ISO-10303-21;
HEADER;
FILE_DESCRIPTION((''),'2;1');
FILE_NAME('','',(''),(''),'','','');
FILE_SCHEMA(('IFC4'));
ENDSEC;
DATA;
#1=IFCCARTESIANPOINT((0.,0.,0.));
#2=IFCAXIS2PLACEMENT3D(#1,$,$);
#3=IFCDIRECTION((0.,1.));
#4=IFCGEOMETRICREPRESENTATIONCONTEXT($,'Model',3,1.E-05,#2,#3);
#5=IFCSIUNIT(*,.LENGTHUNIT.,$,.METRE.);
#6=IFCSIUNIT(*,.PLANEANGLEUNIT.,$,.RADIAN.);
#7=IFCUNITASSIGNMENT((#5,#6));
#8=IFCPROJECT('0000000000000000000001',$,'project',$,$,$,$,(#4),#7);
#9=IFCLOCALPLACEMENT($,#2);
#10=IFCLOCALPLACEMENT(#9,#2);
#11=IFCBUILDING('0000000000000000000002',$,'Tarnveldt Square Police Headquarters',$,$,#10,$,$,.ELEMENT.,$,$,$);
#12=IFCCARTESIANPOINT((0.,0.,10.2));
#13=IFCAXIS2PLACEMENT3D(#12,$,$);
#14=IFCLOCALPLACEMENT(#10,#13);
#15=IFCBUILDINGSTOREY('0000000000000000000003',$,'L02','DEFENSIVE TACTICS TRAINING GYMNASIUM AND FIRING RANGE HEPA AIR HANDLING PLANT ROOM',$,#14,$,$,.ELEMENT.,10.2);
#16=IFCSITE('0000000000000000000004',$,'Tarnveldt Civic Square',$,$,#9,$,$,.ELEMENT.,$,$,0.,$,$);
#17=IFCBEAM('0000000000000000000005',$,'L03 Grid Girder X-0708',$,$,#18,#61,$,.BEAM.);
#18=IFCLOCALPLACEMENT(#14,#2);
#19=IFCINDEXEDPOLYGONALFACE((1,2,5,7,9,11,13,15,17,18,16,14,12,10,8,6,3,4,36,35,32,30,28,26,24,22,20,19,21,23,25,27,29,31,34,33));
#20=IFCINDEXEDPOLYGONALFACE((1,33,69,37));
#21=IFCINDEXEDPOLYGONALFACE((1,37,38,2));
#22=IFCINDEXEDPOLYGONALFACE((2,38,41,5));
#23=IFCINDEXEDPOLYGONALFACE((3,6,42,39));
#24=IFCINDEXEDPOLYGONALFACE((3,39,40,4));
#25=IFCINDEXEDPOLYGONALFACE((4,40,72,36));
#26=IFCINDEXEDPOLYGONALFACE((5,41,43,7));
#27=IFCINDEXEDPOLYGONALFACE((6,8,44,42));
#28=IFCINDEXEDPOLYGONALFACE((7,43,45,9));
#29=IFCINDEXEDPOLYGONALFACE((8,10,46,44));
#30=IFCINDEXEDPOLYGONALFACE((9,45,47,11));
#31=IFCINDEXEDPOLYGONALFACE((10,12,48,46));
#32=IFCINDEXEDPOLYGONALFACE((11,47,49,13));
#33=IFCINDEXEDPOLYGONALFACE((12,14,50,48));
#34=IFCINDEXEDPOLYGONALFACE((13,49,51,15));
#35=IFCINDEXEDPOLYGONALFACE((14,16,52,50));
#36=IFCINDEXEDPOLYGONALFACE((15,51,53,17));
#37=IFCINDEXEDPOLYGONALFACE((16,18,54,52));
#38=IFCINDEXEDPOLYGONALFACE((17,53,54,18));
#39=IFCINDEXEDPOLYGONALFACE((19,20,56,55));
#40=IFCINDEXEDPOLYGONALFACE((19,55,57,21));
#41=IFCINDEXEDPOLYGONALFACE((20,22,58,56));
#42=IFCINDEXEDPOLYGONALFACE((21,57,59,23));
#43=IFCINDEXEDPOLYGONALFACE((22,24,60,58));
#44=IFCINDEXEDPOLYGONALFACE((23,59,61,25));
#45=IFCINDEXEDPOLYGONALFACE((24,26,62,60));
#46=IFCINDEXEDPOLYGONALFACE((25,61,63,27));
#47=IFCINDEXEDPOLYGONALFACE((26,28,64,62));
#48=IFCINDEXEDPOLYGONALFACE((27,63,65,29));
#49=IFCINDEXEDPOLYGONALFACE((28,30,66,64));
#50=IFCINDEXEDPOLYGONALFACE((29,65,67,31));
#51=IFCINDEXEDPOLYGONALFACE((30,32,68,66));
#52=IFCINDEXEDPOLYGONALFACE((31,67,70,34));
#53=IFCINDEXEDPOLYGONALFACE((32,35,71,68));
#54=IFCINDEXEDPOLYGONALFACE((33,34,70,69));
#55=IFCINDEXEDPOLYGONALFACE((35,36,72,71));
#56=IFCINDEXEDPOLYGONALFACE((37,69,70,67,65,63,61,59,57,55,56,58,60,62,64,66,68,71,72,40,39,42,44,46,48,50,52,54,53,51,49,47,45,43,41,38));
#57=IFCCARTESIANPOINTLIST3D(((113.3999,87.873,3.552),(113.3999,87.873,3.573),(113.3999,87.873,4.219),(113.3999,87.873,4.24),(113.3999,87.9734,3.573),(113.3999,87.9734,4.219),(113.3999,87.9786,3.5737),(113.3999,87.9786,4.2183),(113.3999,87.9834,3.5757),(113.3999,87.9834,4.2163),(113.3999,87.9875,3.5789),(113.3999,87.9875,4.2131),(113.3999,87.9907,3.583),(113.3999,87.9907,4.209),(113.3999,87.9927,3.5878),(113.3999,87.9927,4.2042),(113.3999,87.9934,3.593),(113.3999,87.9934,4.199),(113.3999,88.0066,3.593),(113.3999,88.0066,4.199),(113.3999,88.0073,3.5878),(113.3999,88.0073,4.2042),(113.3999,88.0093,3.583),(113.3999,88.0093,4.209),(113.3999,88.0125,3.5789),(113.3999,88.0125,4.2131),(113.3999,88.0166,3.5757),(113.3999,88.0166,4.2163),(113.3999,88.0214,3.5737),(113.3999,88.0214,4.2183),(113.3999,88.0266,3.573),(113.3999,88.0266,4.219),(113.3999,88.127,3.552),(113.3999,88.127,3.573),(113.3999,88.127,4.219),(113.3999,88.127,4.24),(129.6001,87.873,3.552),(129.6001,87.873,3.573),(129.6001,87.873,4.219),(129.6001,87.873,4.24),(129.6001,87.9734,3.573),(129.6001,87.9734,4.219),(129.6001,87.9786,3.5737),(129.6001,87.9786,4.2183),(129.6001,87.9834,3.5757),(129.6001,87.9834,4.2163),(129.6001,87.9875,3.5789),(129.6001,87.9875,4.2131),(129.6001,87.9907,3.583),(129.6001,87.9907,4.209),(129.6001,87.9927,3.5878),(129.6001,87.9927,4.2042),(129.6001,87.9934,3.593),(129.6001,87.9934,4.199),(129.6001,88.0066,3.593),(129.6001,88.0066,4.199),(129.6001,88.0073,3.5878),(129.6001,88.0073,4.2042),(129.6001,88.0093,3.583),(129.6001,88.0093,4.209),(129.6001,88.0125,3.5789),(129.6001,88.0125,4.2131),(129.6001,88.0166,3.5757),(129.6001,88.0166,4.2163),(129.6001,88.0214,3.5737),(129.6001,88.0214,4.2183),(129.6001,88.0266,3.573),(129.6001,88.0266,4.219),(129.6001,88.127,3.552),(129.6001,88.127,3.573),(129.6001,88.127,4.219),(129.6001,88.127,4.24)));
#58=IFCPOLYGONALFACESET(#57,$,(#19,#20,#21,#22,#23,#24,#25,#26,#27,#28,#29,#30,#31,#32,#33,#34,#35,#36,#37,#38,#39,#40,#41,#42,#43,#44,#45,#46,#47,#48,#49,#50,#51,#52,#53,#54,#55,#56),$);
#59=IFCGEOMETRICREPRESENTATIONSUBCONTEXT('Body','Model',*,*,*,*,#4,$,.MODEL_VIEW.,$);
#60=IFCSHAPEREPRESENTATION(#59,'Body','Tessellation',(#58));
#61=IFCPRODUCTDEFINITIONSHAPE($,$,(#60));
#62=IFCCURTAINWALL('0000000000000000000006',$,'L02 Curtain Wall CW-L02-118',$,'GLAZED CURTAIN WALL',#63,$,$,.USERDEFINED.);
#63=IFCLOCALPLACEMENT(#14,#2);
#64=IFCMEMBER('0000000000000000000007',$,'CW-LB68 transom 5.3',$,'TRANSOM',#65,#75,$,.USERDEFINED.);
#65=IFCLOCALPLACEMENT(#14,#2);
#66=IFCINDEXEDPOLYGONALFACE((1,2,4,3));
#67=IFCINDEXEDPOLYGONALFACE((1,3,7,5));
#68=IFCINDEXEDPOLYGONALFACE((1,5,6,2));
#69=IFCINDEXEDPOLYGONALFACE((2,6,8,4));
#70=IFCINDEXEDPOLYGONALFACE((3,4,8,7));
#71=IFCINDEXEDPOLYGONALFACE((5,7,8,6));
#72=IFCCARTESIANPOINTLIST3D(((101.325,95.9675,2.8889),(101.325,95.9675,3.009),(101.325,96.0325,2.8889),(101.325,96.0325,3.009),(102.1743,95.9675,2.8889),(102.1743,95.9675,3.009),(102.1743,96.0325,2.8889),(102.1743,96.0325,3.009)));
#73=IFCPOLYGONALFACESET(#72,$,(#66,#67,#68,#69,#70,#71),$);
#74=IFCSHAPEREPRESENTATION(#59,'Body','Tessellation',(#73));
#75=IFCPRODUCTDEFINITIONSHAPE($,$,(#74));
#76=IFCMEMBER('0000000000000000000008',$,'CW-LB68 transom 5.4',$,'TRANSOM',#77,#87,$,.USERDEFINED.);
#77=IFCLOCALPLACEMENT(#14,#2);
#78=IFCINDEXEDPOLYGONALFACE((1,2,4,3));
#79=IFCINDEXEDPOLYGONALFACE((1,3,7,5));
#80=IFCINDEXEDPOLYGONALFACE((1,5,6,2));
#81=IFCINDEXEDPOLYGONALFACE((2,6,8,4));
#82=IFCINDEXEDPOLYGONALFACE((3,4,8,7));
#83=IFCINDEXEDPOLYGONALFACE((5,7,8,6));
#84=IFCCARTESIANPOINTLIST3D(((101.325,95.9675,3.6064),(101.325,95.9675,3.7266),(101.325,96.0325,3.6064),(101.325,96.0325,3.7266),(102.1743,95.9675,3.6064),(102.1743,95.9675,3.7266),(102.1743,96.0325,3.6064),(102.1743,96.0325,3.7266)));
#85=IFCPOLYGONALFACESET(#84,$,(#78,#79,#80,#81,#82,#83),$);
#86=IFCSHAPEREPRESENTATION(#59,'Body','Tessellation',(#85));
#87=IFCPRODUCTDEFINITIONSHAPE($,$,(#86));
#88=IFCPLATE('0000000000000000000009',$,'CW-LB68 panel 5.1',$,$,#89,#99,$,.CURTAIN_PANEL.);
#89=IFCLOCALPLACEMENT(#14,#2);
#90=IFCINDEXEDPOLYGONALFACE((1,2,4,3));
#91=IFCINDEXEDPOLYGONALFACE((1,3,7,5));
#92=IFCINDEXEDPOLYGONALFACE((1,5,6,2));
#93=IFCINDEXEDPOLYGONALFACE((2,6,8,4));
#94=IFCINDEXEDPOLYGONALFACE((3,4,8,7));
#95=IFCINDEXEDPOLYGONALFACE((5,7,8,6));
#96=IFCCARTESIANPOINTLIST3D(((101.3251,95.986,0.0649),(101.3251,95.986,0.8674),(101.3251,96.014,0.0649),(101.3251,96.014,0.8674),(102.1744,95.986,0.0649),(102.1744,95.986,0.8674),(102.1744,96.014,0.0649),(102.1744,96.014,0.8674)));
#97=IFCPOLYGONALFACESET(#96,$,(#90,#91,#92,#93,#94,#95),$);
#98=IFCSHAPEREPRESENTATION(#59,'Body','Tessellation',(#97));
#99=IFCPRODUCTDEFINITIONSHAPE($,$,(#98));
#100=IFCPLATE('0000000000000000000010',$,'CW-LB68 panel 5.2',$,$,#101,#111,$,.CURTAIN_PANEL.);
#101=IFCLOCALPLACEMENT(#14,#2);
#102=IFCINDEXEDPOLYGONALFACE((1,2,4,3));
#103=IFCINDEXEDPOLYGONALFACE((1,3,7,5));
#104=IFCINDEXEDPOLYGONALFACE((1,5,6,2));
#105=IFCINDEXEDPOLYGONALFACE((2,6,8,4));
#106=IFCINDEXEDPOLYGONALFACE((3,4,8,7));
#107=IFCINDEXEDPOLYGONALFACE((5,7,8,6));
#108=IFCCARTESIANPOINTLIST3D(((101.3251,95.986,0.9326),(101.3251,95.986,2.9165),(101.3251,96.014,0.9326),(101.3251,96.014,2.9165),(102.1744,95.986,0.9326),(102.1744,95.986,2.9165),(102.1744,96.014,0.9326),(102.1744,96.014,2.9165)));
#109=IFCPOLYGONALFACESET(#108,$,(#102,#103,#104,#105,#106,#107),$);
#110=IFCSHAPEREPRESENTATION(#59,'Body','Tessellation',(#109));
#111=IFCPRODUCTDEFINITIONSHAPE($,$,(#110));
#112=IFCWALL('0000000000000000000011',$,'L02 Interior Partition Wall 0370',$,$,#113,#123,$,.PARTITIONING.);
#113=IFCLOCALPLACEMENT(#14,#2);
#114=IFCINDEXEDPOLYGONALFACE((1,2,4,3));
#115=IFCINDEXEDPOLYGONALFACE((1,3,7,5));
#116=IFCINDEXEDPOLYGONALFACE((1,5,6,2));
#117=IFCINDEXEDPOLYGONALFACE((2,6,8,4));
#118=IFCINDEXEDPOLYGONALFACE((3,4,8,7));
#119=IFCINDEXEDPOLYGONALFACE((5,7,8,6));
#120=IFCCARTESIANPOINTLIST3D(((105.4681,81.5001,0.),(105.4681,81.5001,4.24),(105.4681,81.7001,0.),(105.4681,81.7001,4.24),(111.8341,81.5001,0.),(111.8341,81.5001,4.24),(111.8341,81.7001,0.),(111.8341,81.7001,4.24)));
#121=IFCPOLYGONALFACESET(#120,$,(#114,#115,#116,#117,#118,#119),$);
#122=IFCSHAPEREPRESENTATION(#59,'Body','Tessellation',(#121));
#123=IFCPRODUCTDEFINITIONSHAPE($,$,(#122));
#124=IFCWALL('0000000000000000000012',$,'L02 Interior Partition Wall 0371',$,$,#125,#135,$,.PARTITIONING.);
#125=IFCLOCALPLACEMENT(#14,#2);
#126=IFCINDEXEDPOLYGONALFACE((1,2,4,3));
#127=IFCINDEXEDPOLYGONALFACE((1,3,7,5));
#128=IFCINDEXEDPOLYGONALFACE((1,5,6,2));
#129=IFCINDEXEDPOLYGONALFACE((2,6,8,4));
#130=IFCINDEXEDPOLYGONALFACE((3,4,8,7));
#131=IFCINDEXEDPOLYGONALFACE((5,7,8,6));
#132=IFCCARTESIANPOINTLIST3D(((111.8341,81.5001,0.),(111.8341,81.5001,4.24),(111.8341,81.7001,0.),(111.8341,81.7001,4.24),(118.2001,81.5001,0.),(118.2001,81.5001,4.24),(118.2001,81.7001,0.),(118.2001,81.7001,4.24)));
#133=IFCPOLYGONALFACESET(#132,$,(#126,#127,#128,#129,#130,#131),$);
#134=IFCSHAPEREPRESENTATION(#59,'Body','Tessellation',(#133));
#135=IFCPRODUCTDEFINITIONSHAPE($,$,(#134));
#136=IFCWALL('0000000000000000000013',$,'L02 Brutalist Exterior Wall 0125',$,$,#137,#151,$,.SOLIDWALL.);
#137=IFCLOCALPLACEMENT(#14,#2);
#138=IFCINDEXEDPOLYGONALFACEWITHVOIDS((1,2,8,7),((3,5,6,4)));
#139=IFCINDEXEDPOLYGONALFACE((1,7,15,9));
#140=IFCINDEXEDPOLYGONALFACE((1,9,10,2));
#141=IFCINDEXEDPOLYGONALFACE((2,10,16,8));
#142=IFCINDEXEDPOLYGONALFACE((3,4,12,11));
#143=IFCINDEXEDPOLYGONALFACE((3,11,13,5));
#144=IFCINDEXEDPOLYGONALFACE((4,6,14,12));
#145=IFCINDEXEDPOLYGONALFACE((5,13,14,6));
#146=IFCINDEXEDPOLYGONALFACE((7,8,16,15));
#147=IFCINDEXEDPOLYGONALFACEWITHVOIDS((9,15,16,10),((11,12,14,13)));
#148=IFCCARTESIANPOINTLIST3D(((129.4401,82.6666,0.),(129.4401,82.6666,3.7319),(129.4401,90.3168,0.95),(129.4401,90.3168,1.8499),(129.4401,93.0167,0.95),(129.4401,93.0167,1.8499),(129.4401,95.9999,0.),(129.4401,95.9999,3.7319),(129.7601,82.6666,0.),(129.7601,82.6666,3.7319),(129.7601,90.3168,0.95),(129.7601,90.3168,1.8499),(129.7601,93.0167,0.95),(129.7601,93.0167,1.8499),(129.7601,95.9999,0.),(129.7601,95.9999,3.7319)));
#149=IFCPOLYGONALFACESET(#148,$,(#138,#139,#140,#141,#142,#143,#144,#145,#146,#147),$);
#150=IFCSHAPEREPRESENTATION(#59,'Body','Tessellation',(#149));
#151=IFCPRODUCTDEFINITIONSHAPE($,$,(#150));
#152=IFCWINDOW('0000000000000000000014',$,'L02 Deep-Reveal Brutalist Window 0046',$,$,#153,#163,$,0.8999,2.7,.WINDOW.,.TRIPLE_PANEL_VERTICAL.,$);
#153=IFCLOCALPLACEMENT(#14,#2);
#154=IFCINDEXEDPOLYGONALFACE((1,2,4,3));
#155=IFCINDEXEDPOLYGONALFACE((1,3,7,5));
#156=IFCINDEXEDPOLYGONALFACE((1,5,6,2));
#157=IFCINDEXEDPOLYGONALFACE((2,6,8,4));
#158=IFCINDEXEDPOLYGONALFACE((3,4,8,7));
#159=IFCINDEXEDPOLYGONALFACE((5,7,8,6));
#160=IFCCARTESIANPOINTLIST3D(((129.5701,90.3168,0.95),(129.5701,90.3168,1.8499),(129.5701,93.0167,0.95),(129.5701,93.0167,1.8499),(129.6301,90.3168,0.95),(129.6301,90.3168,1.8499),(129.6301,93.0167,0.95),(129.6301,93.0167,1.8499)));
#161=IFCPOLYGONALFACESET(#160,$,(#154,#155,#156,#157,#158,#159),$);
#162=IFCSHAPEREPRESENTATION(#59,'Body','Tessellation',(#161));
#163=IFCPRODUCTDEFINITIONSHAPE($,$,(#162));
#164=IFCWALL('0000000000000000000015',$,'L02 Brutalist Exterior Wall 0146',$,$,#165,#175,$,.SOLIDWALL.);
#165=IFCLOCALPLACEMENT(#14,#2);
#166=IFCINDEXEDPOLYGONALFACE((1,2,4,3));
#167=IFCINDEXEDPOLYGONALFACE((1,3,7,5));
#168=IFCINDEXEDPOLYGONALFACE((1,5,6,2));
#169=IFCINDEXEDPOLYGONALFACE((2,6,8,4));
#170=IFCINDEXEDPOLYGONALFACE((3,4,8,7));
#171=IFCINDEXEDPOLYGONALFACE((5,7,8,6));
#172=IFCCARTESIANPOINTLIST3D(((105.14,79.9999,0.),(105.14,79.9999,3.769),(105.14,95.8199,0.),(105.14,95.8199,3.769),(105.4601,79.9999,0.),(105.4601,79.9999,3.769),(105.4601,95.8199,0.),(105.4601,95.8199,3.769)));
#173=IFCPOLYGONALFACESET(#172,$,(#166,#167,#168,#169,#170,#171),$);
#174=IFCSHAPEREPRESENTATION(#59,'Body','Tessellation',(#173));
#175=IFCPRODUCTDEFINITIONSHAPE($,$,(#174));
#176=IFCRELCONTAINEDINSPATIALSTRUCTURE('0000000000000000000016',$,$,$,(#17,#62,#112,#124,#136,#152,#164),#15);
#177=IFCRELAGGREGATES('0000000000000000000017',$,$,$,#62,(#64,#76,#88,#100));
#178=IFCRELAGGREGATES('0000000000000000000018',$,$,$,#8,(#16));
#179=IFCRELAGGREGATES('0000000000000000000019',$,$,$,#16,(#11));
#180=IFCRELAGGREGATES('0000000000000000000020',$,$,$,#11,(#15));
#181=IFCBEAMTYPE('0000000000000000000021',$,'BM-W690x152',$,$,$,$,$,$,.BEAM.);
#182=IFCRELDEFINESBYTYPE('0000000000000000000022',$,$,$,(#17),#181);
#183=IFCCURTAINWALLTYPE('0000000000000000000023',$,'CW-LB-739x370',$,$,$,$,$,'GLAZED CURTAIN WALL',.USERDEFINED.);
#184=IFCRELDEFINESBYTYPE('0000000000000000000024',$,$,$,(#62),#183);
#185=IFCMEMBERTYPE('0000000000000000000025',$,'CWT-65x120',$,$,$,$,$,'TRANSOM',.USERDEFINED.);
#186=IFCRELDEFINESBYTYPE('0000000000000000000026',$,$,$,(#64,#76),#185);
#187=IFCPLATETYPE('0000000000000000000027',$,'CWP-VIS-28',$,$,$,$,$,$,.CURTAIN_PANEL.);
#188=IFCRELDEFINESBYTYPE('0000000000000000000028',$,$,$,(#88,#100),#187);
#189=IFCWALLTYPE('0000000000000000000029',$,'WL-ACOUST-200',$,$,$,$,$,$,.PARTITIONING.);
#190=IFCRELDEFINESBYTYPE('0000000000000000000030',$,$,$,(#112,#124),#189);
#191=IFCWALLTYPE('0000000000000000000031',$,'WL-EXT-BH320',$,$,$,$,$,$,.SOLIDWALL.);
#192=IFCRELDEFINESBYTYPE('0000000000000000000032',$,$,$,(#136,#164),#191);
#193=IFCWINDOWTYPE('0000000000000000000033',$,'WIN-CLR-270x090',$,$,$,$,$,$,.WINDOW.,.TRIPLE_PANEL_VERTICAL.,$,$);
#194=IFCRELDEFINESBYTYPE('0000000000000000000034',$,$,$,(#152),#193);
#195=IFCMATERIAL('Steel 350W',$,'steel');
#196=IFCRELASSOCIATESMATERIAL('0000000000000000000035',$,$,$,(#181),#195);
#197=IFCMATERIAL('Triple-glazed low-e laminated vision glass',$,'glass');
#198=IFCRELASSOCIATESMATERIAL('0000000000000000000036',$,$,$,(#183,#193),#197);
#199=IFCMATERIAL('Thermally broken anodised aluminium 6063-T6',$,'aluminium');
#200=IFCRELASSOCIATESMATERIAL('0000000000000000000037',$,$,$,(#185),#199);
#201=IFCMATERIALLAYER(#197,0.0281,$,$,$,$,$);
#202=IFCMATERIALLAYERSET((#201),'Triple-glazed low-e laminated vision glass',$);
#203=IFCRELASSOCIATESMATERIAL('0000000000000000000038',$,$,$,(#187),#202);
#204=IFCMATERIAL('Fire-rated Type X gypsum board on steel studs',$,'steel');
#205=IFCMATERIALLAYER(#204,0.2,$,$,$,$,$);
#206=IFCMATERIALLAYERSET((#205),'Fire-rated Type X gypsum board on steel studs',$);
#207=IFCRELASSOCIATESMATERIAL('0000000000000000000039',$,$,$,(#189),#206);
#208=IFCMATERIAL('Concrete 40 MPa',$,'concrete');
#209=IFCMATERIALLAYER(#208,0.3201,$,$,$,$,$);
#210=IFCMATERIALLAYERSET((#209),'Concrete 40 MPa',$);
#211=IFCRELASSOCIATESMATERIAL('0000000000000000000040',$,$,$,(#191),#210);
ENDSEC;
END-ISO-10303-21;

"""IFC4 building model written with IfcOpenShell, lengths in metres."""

from ifc_helpers import new_model, si_unit, direction, frame, frame_2d, origin, origin_2d, place, context, subcontext, project, spatial, rectangle, i_section, extrude, material, layer, layer_set, material_profile, profile_set, type_object, element, fill, aggregate, save


model = new_model("IFC4")

# Units and contexts
model_context = context("Model", 3, precision=1e-05, world=origin(), true_north=direction((0.0, 1.0)))
body_context = subcontext(model_context, "Body", "Model", "MODEL_VIEW")
ifc_project = project(units=[si_unit("LENGTHUNIT", "METRE"), si_unit("PLANEANGLEUNIT", "RADIAN")], contexts=[model_context])

# Site, building, storey
site_placement = place(None, origin())
site = spatial("IfcSite", under=ifc_project, at=site_placement, Name="Tarnveldt Civic Square", CompositionType="ELEMENT", RefElevation=0.0)
building_placement = place(site_placement, origin())
building = spatial("IfcBuilding", under=site, at=building_placement, Name="Tarnveldt Square Police Headquarters", CompositionType="ELEMENT")
storey_placement = place(building_placement, frame((0.0, 0.0, 10.2)))
storey = spatial("IfcBuildingStorey", under=building, at=storey_placement, Name="L02", Description="DEFENSIVE TACTICS TRAINING GYMNASIUM AND FIRING RANGE HEPA AIR HANDLING PLANT ROOM", CompositionType="ELEMENT", Elevation=10.2)

# Shared definitions
ifc_material_1 = material(Name="Concrete 40 MPa", Category="concrete")

# Beam
ifc_material_2 = material(Name="Steel 350W", Category="steel")
ifc_material_profile_1 = material_profile(ifc_material_2, i_section(OverallWidth=0.2539, OverallDepth=0.688, WebThickness=0.0132, FlangeThickness=0.021, FilletRadius=0.02, at=origin_2d()), Name="W690x152")
ifc_profile_set_1 = profile_set([ifc_material_profile_1], Name="Steel 350W")
beam_type_1 = type_object("IfcBeamType", Name="BM-W690x152", PredefinedType="BEAM", material=ifc_profile_set_1)
beam_1_placement = place(storey_placement, frame((113.3999, 88.0, 3.896), z_axis=(1.0, 0.0, 0.0), x_axis=(0.0, 1.0, 0.0)))
element("IfcBeam", 1, at=beam_1_placement, inside=storey, type_object=beam_type_1, Name="L03 Grid Girder X-0708", PredefinedType="BEAM", context=body_context, shape_type="SweptSolid", body=[
    extrude(i_section(OverallWidth=0.2539, OverallDepth=0.688, WebThickness=0.0132, FlangeThickness=0.021, FilletRadius=0.02, at=origin_2d()), origin(), (0.0, 0.0, 1.0), 16.2002),
])

# Curtain wall, members, plates
ifc_material_3 = material(Name="Triple-glazed low-e laminated vision glass", Category="glass")
curtain_wall_type = type_object("IfcCurtainWallType", Name="CW-LB-739x370", ElementType="GLAZED CURTAIN WALL", PredefinedType="USERDEFINED", material=ifc_material_3)
curtain_wall_placement = place(storey_placement, origin())
curtain_wall = element("IfcCurtainWall", 2, at=curtain_wall_placement, inside=storey, type_object=curtain_wall_type, Name="L02 Curtain Wall CW-L02-118", ObjectType="GLAZED CURTAIN WALL", PredefinedType="USERDEFINED")
ifc_material_4 = material(Name="Thermally broken anodised aluminium 6063-T6", Category="aluminium")
ifc_material_profile_2 = material_profile(ifc_material_4, rectangle(XDim=0.0649, YDim=0.1201, at=origin_2d()), Name="CW-T65x120")
ifc_profile_set_2 = profile_set([ifc_material_profile_2], Name="Thermally broken anodised aluminium 6063-T6")
member_type = type_object("IfcMemberType", Name="CWT-65x120", ElementType="TRANSOM", PredefinedType="USERDEFINED", material=ifc_profile_set_2)
member_1_placement = place(storey_placement, frame((101.325, 96.0, 2.949), z_axis=(1.0, 0.0, 0.0), x_axis=(0.0, 1.0, 0.0)))
member_1 = element("IfcMember", 3, at=member_1_placement, type_object=member_type, Name="CW-LB68 transom 5.3", ObjectType="TRANSOM", PredefinedType="USERDEFINED", context=body_context, shape_type="SweptSolid", body=[
    extrude(rectangle(XDim=0.0649, YDim=0.1201, at=origin_2d()), origin(), (0.0, 0.0, 1.0), 0.8494),
])
member_2_placement = place(storey_placement, frame((101.325, 96.0, 3.6665), z_axis=(1.0, 0.0, 0.0), x_axis=(0.0, 1.0, 0.0)))
member_2 = element("IfcMember", 4, at=member_2_placement, type_object=member_type, Name="CW-LB68 transom 5.4", ObjectType="TRANSOM", PredefinedType="USERDEFINED", context=body_context, shape_type="SweptSolid", body=[
    extrude(rectangle(XDim=0.0649, YDim=0.1201, at=origin_2d()), origin(), (0.0, 0.0, 1.0), 0.8494),
])
ifc_layer_1 = layer(ifc_material_3, 0.0281)
ifc_layer_set_1 = layer_set([ifc_layer_1], Name="Triple-glazed low-e laminated vision glass")
plate_type = type_object("IfcPlateType", Name="CWP-VIS-28", PredefinedType="CURTAIN_PANEL", material=ifc_layer_set_1)
plate_1_placement = place(storey_placement, frame((101.7498, 96.0, 0.0649), z_axis=(0.0, 0.0, 1.0), x_axis=(1.0, 0.0, 0.0)))
plate_1 = element("IfcPlate", 5, at=plate_1_placement, type_object=plate_type, Name="CW-LB68 panel 5.1", PredefinedType="CURTAIN_PANEL", context=body_context, shape_type="SweptSolid", body=[
    extrude(rectangle(XDim=0.8494, YDim=0.0281, at=origin_2d()), origin(), (0.0, 0.0, 1.0), 0.8025),
])
plate_2_placement = place(storey_placement, frame((101.7498, 96.0, 0.9326), z_axis=(0.0, 0.0, 1.0), x_axis=(1.0, 0.0, 0.0)))
plate_2 = element("IfcPlate", 6, at=plate_2_placement, type_object=plate_type, Name="CW-LB68 panel 5.2", PredefinedType="CURTAIN_PANEL", context=body_context, shape_type="SweptSolid", body=[
    extrude(rectangle(XDim=0.8494, YDim=0.0281, at=origin_2d()), origin(), (0.0, 0.0, 1.0), 1.9839),
])
aggregate(curtain_wall, [member_1, member_2, plate_1, plate_2])

# Walls
ifc_material_5 = material(Name="Fire-rated Type X gypsum board on steel studs", Category="steel")
ifc_layer_2 = layer(ifc_material_5, 0.2)
ifc_layer_set_2 = layer_set([ifc_layer_2], Name="Fire-rated Type X gypsum board on steel studs")
wall_type_1 = type_object("IfcWallType", Name="WL-ACOUST-200", PredefinedType="PARTITIONING", material=ifc_layer_set_2)
for number, where, z_axis, x_axis, name in (
    (7, (105.468, 81.6001, 0.0), (0.0, 0.0, 1.0), (1.0, 0.0, 0.0), "L02 Interior Partition Wall 0370"),
    (8, (111.834, 81.6001, 0.0), (0.0, 0.0, 1.0), (1.0, 0.0, 0.0), "L02 Interior Partition Wall 0371"),
):
    element("IfcWall", number, at=place(storey_placement, frame(where, z_axis=z_axis, x_axis=x_axis)), inside=storey, type_object=wall_type_1, Name=name, PredefinedType="PARTITIONING", context=body_context, shape_type="SweptSolid", body=[
        extrude(rectangle(XDim=6.366, YDim=0.2, at=frame_2d((3.1831, 0.0))), origin(), (0.0, 0.0, 1.0), 4.24),
    ])

# Wall, opening, window
ifc_layer_3 = layer(ifc_material_1, 0.3201)
ifc_layer_set_3 = layer_set([ifc_layer_3], Name="Concrete 40 MPa")
wall_type_2 = type_object("IfcWallType", Name="WL-EXT-BH320", PredefinedType="SOLIDWALL", material=ifc_layer_set_3)
wall_1_placement = place(storey_placement, frame((129.6001, 82.6667, 0.0), z_axis=(0.0, 0.0, 1.0), x_axis=(0.0, 1.0, 0.0)))
wall_1 = element("IfcWall", 9, at=wall_1_placement, inside=storey, type_object=wall_type_2, Name="L02 Brutalist Exterior Wall 0125", PredefinedType="SOLIDWALL", context=body_context, shape_type="SweptSolid", body=[
    extrude(rectangle(XDim=13.3333, YDim=0.3201, at=frame_2d((6.6665, 0.0))), origin(), (0.0, 0.0, 1.0), 3.7319),
])
opening_1_placement = place(wall_1_placement, frame((7.6499, 0.0, 0.95)))
opening_1 = element("IfcOpeningElement", 10, at=opening_1_placement, cuts=wall_1, PredefinedType="OPENING", context=body_context, shape_type="SweptSolid", body=[
    extrude(rectangle(XDim=2.7, YDim=0.8999, at=frame_2d((1.3501, 0.45))), frame((0.0, 0.1699, 0.0), z_axis=(0.0, -1.0, 0.0), x_axis=(1.0, 0.0, 0.0)), (0.0, 0.0, 1.0), 0.3401),
])
window_type = type_object("IfcWindowType", Name="WIN-CLR-270x090", PartitioningType="TRIPLE_PANEL_VERTICAL", PredefinedType="WINDOW", material=ifc_material_3)
window_placement = place(opening_1_placement, origin())
window = element("IfcWindow", 11, at=window_placement, inside=storey, type_object=window_type, Name="L02 Deep-Reveal Brutalist Window 0046", OverallHeight=0.8999, OverallWidth=2.7, PartitioningType="TRIPLE_PANEL_VERTICAL", PredefinedType="WINDOW", context=body_context, shape_type="SweptSolid", body=[
    extrude(rectangle(XDim=2.7, YDim=0.8999, at=frame_2d((1.3501, 0.45))), frame((0.0, 0.03, 0.0), z_axis=(0.0, -1.0, 0.0), x_axis=(1.0, 0.0, 0.0)), (0.0, 0.0, 1.0), 0.0601),
])
fill(opening_1, window)

# Wall
wall_2_placement = place(storey_placement, frame((105.3, 95.8201, 0.0), z_axis=(0.0, 0.0, 1.0), x_axis=(0.0, -1.0, 0.0)))
element("IfcWall", 12, at=wall_2_placement, inside=storey, type_object=wall_type_2, Name="L02 Brutalist Exterior Wall 0146", PredefinedType="SOLIDWALL", context=body_context, shape_type="SweptSolid", body=[
    extrude(rectangle(XDim=15.8201, YDim=0.3201, at=frame_2d((7.9102, 0.0))), origin(), (0.0, 0.0, 1.0), 3.769),
])

save(model, "model.ifc")
